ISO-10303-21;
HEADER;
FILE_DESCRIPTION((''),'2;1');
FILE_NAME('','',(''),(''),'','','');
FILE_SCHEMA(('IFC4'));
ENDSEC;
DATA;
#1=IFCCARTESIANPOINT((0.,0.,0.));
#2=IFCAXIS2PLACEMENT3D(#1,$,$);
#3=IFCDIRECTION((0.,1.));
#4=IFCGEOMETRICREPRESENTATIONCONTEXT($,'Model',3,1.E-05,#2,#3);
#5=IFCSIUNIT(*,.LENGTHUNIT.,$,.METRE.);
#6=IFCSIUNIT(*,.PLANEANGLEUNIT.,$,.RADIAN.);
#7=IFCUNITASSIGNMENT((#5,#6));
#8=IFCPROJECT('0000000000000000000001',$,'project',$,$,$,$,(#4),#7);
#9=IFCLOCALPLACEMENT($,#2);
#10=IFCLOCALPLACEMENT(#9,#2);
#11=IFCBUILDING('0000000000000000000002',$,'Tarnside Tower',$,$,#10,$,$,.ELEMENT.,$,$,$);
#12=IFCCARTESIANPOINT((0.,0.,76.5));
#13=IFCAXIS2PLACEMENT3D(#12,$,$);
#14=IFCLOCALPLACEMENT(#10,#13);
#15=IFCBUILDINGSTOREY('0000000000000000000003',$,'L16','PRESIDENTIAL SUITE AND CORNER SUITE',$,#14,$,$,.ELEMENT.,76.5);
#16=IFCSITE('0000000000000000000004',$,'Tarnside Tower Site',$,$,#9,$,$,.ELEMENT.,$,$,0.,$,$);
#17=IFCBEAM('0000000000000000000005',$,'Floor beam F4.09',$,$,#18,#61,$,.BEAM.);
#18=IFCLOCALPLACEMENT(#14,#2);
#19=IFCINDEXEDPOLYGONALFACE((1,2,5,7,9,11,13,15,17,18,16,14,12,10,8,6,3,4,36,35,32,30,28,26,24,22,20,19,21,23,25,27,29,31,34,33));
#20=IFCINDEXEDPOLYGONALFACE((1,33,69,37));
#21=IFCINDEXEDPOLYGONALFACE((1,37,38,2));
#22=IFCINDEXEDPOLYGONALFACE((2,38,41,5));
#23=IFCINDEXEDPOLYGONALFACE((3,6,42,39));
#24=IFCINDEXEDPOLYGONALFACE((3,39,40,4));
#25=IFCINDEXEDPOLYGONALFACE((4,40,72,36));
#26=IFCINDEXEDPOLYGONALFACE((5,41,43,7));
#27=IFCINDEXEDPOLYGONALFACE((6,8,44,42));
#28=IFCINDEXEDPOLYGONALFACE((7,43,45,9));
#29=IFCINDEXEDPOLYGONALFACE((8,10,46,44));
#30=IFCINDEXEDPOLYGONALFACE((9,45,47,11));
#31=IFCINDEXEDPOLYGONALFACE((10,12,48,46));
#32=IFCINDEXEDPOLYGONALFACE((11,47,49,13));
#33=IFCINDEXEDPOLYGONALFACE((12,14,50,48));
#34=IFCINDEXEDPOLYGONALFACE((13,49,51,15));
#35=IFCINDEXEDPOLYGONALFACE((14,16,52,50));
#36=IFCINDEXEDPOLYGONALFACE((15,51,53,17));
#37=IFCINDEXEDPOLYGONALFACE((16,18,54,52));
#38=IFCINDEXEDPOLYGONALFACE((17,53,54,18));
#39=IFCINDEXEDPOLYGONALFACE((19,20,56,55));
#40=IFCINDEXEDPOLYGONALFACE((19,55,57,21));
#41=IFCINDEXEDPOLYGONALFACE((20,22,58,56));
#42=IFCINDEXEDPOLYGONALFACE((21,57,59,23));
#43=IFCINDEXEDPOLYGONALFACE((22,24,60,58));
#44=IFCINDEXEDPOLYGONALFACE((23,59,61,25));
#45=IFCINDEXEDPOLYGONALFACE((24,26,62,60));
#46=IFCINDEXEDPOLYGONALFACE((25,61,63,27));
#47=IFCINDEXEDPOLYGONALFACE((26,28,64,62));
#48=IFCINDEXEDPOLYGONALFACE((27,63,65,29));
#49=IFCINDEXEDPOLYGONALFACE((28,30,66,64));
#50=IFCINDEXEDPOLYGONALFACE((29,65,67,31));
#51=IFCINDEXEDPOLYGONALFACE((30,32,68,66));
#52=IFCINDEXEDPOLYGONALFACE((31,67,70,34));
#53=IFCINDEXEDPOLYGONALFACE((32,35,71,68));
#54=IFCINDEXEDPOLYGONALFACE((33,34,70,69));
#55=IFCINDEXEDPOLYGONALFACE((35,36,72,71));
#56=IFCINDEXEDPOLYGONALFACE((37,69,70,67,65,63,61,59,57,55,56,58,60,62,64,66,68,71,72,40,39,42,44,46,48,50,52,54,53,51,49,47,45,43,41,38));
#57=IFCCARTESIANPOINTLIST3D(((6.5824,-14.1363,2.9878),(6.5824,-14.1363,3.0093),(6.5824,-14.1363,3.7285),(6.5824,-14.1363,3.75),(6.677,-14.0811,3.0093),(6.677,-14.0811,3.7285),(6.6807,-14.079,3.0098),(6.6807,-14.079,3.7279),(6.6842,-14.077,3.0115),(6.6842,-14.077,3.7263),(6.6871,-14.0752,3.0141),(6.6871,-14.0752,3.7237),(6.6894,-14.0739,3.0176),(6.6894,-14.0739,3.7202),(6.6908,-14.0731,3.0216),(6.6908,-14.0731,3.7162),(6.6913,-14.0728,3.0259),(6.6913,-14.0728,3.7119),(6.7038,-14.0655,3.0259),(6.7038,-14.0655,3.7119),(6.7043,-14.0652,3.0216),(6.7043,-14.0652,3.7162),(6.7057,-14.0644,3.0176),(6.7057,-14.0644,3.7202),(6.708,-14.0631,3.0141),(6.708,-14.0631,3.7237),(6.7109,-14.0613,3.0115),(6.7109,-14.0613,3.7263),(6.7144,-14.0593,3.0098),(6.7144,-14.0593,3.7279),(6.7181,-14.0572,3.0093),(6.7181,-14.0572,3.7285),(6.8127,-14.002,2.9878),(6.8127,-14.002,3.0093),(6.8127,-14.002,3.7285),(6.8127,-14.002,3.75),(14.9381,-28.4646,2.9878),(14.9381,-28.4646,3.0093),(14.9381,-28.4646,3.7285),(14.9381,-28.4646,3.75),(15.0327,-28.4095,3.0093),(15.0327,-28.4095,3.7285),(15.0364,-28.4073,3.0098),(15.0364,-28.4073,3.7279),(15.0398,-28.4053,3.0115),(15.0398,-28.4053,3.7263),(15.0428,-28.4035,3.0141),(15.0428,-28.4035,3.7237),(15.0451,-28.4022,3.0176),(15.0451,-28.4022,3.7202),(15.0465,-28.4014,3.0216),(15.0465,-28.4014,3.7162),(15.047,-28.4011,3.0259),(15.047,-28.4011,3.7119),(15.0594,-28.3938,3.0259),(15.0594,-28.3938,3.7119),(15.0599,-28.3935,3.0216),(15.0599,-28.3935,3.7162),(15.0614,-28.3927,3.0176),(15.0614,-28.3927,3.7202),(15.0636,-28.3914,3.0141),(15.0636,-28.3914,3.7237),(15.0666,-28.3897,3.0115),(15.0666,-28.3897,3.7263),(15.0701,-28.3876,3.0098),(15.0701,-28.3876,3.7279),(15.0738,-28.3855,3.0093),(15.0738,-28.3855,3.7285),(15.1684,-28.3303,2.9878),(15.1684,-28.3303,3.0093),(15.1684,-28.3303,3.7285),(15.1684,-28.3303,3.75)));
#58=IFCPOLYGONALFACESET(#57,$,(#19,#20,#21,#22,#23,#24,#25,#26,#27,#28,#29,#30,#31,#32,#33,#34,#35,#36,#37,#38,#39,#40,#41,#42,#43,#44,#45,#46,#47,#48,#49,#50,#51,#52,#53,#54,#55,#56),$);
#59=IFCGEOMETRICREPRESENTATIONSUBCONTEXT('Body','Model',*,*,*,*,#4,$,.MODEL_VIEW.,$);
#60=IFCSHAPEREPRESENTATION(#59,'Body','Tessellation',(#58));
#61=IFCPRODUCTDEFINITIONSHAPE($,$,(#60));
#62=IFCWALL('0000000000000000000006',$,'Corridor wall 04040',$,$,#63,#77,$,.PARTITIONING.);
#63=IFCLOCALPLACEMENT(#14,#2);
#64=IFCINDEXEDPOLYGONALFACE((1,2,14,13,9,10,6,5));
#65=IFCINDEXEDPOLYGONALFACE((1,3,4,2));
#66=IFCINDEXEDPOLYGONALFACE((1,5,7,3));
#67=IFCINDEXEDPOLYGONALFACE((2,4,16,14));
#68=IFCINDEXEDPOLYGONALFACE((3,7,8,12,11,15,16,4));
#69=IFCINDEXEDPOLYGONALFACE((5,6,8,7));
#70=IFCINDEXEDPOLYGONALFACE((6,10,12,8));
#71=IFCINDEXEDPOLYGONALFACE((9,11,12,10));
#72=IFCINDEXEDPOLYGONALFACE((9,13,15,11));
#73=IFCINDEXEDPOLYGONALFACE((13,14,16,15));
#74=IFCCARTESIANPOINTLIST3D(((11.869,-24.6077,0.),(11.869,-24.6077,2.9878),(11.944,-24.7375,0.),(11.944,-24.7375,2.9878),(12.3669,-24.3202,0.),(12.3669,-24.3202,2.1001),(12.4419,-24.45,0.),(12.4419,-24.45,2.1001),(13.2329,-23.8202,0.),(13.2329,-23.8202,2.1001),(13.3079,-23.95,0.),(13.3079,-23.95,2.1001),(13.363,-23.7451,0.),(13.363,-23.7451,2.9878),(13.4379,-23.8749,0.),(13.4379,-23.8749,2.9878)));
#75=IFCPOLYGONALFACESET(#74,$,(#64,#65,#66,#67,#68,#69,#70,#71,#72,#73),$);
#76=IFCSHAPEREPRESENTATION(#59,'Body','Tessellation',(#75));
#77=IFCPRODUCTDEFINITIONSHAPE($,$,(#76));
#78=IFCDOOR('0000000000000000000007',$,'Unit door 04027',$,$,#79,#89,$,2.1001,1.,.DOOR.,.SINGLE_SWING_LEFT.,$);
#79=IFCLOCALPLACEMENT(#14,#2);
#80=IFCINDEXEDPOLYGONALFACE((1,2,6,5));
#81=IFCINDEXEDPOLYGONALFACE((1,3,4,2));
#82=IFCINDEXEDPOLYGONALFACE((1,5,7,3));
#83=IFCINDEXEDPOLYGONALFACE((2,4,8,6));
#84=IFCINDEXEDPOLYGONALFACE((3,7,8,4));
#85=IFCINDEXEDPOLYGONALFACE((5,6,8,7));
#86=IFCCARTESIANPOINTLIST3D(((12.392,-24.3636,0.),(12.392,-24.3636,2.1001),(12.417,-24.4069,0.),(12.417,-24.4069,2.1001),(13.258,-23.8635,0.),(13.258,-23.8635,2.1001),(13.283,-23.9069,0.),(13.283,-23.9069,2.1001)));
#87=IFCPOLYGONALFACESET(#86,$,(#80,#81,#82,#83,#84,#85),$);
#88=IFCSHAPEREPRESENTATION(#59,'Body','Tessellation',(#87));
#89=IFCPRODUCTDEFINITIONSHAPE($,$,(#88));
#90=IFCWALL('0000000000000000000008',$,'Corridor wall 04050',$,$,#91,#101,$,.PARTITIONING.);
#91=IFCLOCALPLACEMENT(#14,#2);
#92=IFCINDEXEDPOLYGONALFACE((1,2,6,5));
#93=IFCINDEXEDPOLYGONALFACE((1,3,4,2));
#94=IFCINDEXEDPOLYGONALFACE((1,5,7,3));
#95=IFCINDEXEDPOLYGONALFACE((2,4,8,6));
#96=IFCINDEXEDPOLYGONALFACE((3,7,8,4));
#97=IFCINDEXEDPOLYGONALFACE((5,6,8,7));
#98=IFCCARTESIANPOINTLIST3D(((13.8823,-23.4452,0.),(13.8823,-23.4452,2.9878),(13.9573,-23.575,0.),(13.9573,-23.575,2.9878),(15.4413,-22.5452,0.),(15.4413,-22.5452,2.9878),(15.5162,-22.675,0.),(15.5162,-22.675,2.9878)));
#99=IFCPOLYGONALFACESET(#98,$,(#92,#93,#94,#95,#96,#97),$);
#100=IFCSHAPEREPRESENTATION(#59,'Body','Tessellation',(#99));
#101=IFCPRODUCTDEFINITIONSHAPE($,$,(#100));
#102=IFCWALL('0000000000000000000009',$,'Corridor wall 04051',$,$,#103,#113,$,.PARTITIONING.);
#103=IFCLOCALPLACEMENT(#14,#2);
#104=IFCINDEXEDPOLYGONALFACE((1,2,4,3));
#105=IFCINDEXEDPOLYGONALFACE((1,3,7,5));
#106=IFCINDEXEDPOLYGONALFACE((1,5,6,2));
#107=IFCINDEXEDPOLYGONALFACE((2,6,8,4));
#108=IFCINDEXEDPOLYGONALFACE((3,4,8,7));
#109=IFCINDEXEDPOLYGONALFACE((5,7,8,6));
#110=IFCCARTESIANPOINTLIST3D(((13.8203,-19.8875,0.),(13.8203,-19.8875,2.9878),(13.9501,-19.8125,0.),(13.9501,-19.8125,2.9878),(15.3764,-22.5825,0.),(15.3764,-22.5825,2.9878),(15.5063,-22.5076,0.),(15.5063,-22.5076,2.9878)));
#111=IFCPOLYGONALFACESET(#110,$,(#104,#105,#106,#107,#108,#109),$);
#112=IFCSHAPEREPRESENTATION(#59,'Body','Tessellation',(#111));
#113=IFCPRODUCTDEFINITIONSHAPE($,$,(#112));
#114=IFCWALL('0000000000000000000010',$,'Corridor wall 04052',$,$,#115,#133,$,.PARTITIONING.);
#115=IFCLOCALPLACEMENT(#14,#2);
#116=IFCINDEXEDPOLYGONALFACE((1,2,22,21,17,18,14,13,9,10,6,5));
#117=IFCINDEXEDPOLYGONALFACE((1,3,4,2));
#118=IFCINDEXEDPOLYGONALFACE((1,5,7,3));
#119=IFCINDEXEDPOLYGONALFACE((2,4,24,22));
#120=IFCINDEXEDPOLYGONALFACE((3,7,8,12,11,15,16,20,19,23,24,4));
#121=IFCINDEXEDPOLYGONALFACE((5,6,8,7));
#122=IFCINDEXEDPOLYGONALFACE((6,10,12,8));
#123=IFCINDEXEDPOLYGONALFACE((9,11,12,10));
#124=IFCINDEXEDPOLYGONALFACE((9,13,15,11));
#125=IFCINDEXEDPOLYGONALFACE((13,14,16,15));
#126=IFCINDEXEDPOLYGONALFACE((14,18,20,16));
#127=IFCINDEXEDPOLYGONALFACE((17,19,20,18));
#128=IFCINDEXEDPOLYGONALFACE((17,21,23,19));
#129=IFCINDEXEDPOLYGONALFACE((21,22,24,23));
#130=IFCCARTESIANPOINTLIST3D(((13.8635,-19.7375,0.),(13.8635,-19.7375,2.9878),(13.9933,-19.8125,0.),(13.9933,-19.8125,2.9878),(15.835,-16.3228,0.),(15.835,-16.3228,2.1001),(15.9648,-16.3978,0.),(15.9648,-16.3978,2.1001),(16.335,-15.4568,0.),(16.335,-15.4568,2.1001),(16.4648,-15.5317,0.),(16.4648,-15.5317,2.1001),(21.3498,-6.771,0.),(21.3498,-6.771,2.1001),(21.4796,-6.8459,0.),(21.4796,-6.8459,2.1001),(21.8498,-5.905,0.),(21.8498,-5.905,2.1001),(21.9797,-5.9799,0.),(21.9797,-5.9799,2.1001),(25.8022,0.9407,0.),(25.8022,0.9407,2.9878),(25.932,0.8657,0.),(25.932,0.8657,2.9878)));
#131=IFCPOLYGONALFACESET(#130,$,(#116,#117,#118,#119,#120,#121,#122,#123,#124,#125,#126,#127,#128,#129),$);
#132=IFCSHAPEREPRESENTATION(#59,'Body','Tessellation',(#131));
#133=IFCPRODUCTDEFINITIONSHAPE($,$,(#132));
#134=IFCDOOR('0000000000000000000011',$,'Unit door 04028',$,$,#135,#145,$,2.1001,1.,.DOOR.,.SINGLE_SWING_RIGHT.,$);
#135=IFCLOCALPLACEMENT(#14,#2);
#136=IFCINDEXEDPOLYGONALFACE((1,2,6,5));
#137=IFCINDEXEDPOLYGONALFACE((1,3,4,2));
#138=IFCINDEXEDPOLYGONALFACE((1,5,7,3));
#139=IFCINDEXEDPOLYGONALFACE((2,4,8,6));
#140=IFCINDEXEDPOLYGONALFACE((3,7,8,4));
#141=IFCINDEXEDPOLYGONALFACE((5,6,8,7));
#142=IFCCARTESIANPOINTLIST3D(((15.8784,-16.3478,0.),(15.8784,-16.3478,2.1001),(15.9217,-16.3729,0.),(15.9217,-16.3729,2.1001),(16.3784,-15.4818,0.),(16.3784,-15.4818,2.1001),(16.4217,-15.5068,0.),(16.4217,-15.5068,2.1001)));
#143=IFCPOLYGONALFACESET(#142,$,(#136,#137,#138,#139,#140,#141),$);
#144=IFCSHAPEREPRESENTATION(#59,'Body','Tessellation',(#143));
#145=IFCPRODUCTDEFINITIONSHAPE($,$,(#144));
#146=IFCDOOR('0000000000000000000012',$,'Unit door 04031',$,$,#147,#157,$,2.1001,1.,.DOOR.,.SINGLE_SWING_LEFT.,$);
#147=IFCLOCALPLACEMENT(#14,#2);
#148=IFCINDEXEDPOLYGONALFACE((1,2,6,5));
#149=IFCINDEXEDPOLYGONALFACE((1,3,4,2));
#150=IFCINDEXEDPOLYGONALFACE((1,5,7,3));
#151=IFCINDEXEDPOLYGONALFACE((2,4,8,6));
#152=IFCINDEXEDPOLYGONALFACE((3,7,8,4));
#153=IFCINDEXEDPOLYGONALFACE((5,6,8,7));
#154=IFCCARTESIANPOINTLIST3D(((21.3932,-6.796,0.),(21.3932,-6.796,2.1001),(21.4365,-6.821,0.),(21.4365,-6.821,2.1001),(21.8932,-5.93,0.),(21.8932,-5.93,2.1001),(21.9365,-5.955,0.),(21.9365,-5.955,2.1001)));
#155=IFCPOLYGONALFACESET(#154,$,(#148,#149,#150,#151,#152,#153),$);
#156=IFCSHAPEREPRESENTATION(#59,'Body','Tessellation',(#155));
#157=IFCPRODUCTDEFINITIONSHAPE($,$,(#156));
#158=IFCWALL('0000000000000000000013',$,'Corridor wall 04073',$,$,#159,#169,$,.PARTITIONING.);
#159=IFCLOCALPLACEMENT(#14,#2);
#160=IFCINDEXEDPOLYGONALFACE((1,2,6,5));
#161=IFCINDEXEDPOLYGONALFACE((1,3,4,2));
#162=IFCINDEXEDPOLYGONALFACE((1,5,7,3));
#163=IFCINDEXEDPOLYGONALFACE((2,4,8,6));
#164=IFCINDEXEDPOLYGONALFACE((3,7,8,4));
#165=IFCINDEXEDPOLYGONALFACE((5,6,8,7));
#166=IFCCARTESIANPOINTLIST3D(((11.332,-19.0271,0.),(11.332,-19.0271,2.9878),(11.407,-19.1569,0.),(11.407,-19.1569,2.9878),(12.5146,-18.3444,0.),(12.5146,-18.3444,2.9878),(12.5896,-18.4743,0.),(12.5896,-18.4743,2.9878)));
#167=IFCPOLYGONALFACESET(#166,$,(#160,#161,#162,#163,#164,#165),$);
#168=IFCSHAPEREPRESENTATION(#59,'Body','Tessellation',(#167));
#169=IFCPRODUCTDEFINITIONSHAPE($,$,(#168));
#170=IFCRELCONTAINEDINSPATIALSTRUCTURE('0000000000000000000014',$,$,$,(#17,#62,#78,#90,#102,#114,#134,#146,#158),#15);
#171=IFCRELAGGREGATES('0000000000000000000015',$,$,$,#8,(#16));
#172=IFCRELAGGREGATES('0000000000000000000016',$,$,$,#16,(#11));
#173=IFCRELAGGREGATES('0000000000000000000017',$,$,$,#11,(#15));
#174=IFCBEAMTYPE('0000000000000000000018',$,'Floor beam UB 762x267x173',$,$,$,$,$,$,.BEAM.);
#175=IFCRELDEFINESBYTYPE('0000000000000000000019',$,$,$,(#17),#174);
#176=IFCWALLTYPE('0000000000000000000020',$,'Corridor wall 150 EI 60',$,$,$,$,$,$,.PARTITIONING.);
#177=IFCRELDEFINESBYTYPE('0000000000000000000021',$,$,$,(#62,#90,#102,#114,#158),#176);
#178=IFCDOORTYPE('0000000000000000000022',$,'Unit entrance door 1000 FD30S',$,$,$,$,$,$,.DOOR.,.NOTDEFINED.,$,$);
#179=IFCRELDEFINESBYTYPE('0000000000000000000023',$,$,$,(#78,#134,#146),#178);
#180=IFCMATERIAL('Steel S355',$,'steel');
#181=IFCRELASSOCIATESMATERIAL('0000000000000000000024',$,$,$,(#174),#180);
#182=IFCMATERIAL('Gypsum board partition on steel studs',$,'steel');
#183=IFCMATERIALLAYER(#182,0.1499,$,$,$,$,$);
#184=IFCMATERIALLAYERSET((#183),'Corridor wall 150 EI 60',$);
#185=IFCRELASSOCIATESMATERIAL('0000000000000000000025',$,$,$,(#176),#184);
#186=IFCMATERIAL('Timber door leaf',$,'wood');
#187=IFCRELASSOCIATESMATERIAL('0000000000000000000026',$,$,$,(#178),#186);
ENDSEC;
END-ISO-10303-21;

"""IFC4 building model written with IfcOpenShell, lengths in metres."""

from ifc_helpers import new_model, si_unit, direction, frame, frame_2d, origin, origin_2d, place, context, subcontext, project, spatial, rectangle, i_section, extrude, material, layer, layer_set, material_profile, profile_set, type_object, element, fill, save


model = new_model("IFC4")

# Units and contexts
model_context = context("Model", 3, precision=1e-05, world=origin(), true_north=direction((0.0, 1.0)))
body_context = subcontext(model_context, "Body", "Model", "MODEL_VIEW")
ifc_project = project(units=[si_unit("LENGTHUNIT", "METRE"), si_unit("PLANEANGLEUNIT", "RADIAN")], contexts=[model_context])

# Site, building, storey
site_placement = place(None, origin())
site = spatial("IfcSite", under=ifc_project, at=site_placement, Name="Tarnside Tower Site", CompositionType="ELEMENT", RefElevation=0.0)
building_placement = place(site_placement, origin())
building = spatial("IfcBuilding", under=site, at=building_placement, Name="Tarnside Tower", CompositionType="ELEMENT")
storey_placement = place(building_placement, frame((0.0, 0.0, 76.5)))
storey = spatial("IfcBuildingStorey", under=building, at=storey_placement, Name="L16", Description="PRESIDENTIAL SUITE AND CORNER SUITE", CompositionType="ELEMENT", Elevation=76.5)

# Beam
ifc_material_1 = material(Name="Steel S355", Category="steel")
ifc_material_profile = material_profile(ifc_material_1, i_section(OverallWidth=0.2666, OverallDepth=0.7622, WebThickness=0.0144, FlangeThickness=0.0215, FilletRadius=0.0166, at=origin_2d()), Name="UB 762x267x173")
ifc_profile_set = profile_set([ifc_material_profile], Name="Steel S355")
beam_type = type_object("IfcBeamType", Name="Floor beam UB 762x267x173", PredefinedType="BEAM", material=ifc_profile_set)
beam_placement = place(storey_placement, frame((15.0532, -28.3975, 3.3689), z_axis=(-0.503758, 0.863845, 0.0), x_axis=(-0.863845, -0.503758, 0.0)))
element("IfcBeam", 1, at=beam_placement, inside=storey, type_object=beam_type, Name="Floor beam F4.09", PredefinedType="BEAM", context=body_context, shape_type="SweptSolid", body=[
    extrude(i_section(OverallWidth=0.2666, OverallDepth=0.7622, WebThickness=0.0144, FlangeThickness=0.0215, FilletRadius=0.0166, at=origin_2d()), origin(), (0.0, 0.0, 1.0), 16.5867),
])

# Wall, opening, door
ifc_material_2 = material(Name="Gypsum board partition on steel studs", Category="steel")
ifc_layer_1 = layer(ifc_material_2, 0.1499)
ifc_layer_set_1 = layer_set([ifc_layer_1], Name="Corridor wall 150 EI 60")
wall_type_1 = type_object("IfcWallType", Name="Corridor wall 150 EI 60", PredefinedType="PARTITIONING", material=ifc_layer_set_1)
wall_1_placement = place(storey_placement, frame((11.9065, -24.6726, 0.0), z_axis=(0.0, 0.0, 1.0), x_axis=(0.866014, 0.500021, 0.0)))
wall_1 = element("IfcWall", 2, at=wall_1_placement, inside=storey, type_object=wall_type_1, Name="Corridor wall 04040", PredefinedType="PARTITIONING", context=body_context, shape_type="SweptSolid", body=[
    extrude(rectangle(XDim=1.7251, YDim=0.1499, at=frame_2d((0.8625, 0.0))), origin(), (0.0, 0.0, 1.0), 2.9878),
])
opening_1_placement = place(wall_1_placement, frame((0.575, 0.0, 0.0)))
opening_1 = element("IfcOpeningElement", 3, at=opening_1_placement, cuts=wall_1, PredefinedType="OPENING", context=body_context, shape_type="SweptSolid", body=[
    extrude(rectangle(XDim=1.0, YDim=2.1001, at=frame_2d((0.5, 1.05))), frame((0.0, 0.085, 0.0), z_axis=(0.0, -1.0, 0.0), x_axis=(1.0, 0.0, 0.0)), (0.0, 0.0, 1.0), 0.1699),
])
ifc_material_3 = material(Name="Timber door leaf", Category="wood")
door_type_1 = type_object("IfcDoorType", Name="Unit entrance door 1000 FD30S", OperationType="NOTDEFINED", PredefinedType="DOOR", material=ifc_material_3)
door_1_placement = place(opening_1_placement, origin())
door_1 = element("IfcDoor", 4, at=door_1_placement, inside=storey, type_object=door_type_1, Name="Unit door 04027", OperationType="SINGLE_SWING_LEFT", OverallHeight=2.1001, OverallWidth=1.0, PredefinedType="DOOR", context=body_context, shape_type="SweptSolid", body=[
    extrude(rectangle(XDim=1.0, YDim=2.1001, at=frame_2d((0.5, 1.05))), frame((0.0, 0.0249, 0.0), z_axis=(0.0, -1.0, 0.0), x_axis=(1.0, 0.0, 0.0)), (0.0, 0.0, 1.0), 0.05),
])
fill(opening_1, door_1)

# Walls
wall_2_placement = place(storey_placement, frame((13.9199, -23.51, 0.0), z_axis=(0.0, 0.0, 1.0), x_axis=(0.866048, 0.499961, 0.0)))
element("IfcWall", 5, at=wall_2_placement, inside=storey, type_object=wall_type_1, Name="Corridor wall 04050", PredefinedType="PARTITIONING", context=body_context, shape_type="SweptSolid", body=[
    extrude(rectangle(XDim=1.8, YDim=0.1499, at=frame_2d((0.8999, 0.0))), origin(), (0.0, 0.0, 1.0), 2.9878),
])
wall_3_placement = place(storey_placement, frame((15.4414, -22.5452, 0.0), z_axis=(0.0, 0.0, 1.0), x_axis=(-0.500037, 0.866004, 0.0)))
element("IfcWall", 6, at=wall_3_placement, inside=storey, type_object=wall_type_1, Name="Corridor wall 04051", PredefinedType="PARTITIONING", context=body_context, shape_type="SweptSolid", body=[
    extrude(rectangle(XDim=3.1121, YDim=0.1499, at=frame_2d((1.5562, 0.0))), origin(), (0.0, 0.0, 1.0), 2.9878),
])

# Wall, openings, doors
wall_4_placement = place(storey_placement, frame((13.9285, -19.7749, 0.0), z_axis=(0.0, 0.0, 1.0), x_axis=(0.500005, 0.866023, 0.0)))
wall_4 = element("IfcWall", 7, at=wall_4_placement, inside=storey, type_object=wall_type_1, Name="Corridor wall 04052", PredefinedType="PARTITIONING", context=body_context, shape_type="SweptSolid", body=[
    extrude(rectangle(XDim=23.8772, YDim=0.1499, at=frame_2d((11.9385, 0.0))), origin(), (0.0, 0.0, 1.0), 2.9878),
])
opening_2_placement = place(wall_4_placement, frame((3.9429, 0.0, 0.0)))
opening_2 = element("IfcOpeningElement", 8, at=opening_2_placement, cuts=wall_4, PredefinedType="OPENING", context=body_context, shape_type="SweptSolid", body=[
    extrude(rectangle(XDim=1.0, YDim=2.1001, at=frame_2d((0.5, 1.05))), frame((0.0, 0.085, 0.0), z_axis=(0.0, -1.0, 0.0), x_axis=(1.0, 0.0, 0.0)), (0.0, 0.0, 1.0), 0.1699),
])
opening_3_placement = place(wall_4_placement, frame((14.9724, 0.0, 0.0)))
opening_3 = element("IfcOpeningElement", 9, at=opening_3_placement, cuts=wall_4, PredefinedType="OPENING", context=body_context, shape_type="SweptSolid", body=[
    extrude(rectangle(XDim=1.0, YDim=2.1001, at=frame_2d((0.5, 1.05))), frame((0.0, 0.085, 0.0), z_axis=(0.0, -1.0, 0.0), x_axis=(1.0, 0.0, 0.0)), (0.0, 0.0, 1.0), 0.1699),
])
door_2_placement = place(opening_2_placement, origin())
door_2 = element("IfcDoor", 10, at=door_2_placement, inside=storey, type_object=door_type_1, Name="Unit door 04028", OperationType="SINGLE_SWING_RIGHT", OverallHeight=2.1001, OverallWidth=1.0, PredefinedType="DOOR", context=body_context, shape_type="SweptSolid", body=[
    extrude(rectangle(XDim=1.0, YDim=2.1001, at=frame_2d((0.5, 1.05))), frame((0.0, 0.0249, 0.0), z_axis=(0.0, -1.0, 0.0), x_axis=(1.0, 0.0, 0.0)), (0.0, 0.0, 1.0), 0.05),
])
fill(opening_2, door_2)
door_3_placement = place(opening_3_placement, origin())
door_3 = element("IfcDoor", 11, at=door_3_placement, inside=storey, type_object=door_type_1, Name="Unit door 04031", OperationType="SINGLE_SWING_LEFT", OverallHeight=2.1001, OverallWidth=1.0, PredefinedType="DOOR", context=body_context, shape_type="SweptSolid", body=[
    extrude(rectangle(XDim=1.0, YDim=2.1001, at=frame_2d((0.5, 1.05))), frame((0.0, 0.0249, 0.0), z_axis=(0.0, -1.0, 0.0), x_axis=(1.0, 0.0, 0.0)), (0.0, 0.0, 1.0), 0.05),
])
fill(opening_3, door_3)

# Wall
wall_5_placement = place(storey_placement, frame((12.552, -18.4094, 0.0), z_axis=(0.0, 0.0, 1.0), x_axis=(-0.866078, -0.499908, 0.0)))
element("IfcWall", 12, at=wall_5_placement, inside=storey, type_object=wall_type_1, Name="Corridor wall 04073", PredefinedType="PARTITIONING", context=body_context, shape_type="SweptSolid", body=[
    extrude(rectangle(XDim=1.3655, YDim=0.1499, at=frame_2d((0.6826, 0.0))), origin(), (0.0, 0.0, 1.0), 2.9878),
])

save(model, "model.ifc")
